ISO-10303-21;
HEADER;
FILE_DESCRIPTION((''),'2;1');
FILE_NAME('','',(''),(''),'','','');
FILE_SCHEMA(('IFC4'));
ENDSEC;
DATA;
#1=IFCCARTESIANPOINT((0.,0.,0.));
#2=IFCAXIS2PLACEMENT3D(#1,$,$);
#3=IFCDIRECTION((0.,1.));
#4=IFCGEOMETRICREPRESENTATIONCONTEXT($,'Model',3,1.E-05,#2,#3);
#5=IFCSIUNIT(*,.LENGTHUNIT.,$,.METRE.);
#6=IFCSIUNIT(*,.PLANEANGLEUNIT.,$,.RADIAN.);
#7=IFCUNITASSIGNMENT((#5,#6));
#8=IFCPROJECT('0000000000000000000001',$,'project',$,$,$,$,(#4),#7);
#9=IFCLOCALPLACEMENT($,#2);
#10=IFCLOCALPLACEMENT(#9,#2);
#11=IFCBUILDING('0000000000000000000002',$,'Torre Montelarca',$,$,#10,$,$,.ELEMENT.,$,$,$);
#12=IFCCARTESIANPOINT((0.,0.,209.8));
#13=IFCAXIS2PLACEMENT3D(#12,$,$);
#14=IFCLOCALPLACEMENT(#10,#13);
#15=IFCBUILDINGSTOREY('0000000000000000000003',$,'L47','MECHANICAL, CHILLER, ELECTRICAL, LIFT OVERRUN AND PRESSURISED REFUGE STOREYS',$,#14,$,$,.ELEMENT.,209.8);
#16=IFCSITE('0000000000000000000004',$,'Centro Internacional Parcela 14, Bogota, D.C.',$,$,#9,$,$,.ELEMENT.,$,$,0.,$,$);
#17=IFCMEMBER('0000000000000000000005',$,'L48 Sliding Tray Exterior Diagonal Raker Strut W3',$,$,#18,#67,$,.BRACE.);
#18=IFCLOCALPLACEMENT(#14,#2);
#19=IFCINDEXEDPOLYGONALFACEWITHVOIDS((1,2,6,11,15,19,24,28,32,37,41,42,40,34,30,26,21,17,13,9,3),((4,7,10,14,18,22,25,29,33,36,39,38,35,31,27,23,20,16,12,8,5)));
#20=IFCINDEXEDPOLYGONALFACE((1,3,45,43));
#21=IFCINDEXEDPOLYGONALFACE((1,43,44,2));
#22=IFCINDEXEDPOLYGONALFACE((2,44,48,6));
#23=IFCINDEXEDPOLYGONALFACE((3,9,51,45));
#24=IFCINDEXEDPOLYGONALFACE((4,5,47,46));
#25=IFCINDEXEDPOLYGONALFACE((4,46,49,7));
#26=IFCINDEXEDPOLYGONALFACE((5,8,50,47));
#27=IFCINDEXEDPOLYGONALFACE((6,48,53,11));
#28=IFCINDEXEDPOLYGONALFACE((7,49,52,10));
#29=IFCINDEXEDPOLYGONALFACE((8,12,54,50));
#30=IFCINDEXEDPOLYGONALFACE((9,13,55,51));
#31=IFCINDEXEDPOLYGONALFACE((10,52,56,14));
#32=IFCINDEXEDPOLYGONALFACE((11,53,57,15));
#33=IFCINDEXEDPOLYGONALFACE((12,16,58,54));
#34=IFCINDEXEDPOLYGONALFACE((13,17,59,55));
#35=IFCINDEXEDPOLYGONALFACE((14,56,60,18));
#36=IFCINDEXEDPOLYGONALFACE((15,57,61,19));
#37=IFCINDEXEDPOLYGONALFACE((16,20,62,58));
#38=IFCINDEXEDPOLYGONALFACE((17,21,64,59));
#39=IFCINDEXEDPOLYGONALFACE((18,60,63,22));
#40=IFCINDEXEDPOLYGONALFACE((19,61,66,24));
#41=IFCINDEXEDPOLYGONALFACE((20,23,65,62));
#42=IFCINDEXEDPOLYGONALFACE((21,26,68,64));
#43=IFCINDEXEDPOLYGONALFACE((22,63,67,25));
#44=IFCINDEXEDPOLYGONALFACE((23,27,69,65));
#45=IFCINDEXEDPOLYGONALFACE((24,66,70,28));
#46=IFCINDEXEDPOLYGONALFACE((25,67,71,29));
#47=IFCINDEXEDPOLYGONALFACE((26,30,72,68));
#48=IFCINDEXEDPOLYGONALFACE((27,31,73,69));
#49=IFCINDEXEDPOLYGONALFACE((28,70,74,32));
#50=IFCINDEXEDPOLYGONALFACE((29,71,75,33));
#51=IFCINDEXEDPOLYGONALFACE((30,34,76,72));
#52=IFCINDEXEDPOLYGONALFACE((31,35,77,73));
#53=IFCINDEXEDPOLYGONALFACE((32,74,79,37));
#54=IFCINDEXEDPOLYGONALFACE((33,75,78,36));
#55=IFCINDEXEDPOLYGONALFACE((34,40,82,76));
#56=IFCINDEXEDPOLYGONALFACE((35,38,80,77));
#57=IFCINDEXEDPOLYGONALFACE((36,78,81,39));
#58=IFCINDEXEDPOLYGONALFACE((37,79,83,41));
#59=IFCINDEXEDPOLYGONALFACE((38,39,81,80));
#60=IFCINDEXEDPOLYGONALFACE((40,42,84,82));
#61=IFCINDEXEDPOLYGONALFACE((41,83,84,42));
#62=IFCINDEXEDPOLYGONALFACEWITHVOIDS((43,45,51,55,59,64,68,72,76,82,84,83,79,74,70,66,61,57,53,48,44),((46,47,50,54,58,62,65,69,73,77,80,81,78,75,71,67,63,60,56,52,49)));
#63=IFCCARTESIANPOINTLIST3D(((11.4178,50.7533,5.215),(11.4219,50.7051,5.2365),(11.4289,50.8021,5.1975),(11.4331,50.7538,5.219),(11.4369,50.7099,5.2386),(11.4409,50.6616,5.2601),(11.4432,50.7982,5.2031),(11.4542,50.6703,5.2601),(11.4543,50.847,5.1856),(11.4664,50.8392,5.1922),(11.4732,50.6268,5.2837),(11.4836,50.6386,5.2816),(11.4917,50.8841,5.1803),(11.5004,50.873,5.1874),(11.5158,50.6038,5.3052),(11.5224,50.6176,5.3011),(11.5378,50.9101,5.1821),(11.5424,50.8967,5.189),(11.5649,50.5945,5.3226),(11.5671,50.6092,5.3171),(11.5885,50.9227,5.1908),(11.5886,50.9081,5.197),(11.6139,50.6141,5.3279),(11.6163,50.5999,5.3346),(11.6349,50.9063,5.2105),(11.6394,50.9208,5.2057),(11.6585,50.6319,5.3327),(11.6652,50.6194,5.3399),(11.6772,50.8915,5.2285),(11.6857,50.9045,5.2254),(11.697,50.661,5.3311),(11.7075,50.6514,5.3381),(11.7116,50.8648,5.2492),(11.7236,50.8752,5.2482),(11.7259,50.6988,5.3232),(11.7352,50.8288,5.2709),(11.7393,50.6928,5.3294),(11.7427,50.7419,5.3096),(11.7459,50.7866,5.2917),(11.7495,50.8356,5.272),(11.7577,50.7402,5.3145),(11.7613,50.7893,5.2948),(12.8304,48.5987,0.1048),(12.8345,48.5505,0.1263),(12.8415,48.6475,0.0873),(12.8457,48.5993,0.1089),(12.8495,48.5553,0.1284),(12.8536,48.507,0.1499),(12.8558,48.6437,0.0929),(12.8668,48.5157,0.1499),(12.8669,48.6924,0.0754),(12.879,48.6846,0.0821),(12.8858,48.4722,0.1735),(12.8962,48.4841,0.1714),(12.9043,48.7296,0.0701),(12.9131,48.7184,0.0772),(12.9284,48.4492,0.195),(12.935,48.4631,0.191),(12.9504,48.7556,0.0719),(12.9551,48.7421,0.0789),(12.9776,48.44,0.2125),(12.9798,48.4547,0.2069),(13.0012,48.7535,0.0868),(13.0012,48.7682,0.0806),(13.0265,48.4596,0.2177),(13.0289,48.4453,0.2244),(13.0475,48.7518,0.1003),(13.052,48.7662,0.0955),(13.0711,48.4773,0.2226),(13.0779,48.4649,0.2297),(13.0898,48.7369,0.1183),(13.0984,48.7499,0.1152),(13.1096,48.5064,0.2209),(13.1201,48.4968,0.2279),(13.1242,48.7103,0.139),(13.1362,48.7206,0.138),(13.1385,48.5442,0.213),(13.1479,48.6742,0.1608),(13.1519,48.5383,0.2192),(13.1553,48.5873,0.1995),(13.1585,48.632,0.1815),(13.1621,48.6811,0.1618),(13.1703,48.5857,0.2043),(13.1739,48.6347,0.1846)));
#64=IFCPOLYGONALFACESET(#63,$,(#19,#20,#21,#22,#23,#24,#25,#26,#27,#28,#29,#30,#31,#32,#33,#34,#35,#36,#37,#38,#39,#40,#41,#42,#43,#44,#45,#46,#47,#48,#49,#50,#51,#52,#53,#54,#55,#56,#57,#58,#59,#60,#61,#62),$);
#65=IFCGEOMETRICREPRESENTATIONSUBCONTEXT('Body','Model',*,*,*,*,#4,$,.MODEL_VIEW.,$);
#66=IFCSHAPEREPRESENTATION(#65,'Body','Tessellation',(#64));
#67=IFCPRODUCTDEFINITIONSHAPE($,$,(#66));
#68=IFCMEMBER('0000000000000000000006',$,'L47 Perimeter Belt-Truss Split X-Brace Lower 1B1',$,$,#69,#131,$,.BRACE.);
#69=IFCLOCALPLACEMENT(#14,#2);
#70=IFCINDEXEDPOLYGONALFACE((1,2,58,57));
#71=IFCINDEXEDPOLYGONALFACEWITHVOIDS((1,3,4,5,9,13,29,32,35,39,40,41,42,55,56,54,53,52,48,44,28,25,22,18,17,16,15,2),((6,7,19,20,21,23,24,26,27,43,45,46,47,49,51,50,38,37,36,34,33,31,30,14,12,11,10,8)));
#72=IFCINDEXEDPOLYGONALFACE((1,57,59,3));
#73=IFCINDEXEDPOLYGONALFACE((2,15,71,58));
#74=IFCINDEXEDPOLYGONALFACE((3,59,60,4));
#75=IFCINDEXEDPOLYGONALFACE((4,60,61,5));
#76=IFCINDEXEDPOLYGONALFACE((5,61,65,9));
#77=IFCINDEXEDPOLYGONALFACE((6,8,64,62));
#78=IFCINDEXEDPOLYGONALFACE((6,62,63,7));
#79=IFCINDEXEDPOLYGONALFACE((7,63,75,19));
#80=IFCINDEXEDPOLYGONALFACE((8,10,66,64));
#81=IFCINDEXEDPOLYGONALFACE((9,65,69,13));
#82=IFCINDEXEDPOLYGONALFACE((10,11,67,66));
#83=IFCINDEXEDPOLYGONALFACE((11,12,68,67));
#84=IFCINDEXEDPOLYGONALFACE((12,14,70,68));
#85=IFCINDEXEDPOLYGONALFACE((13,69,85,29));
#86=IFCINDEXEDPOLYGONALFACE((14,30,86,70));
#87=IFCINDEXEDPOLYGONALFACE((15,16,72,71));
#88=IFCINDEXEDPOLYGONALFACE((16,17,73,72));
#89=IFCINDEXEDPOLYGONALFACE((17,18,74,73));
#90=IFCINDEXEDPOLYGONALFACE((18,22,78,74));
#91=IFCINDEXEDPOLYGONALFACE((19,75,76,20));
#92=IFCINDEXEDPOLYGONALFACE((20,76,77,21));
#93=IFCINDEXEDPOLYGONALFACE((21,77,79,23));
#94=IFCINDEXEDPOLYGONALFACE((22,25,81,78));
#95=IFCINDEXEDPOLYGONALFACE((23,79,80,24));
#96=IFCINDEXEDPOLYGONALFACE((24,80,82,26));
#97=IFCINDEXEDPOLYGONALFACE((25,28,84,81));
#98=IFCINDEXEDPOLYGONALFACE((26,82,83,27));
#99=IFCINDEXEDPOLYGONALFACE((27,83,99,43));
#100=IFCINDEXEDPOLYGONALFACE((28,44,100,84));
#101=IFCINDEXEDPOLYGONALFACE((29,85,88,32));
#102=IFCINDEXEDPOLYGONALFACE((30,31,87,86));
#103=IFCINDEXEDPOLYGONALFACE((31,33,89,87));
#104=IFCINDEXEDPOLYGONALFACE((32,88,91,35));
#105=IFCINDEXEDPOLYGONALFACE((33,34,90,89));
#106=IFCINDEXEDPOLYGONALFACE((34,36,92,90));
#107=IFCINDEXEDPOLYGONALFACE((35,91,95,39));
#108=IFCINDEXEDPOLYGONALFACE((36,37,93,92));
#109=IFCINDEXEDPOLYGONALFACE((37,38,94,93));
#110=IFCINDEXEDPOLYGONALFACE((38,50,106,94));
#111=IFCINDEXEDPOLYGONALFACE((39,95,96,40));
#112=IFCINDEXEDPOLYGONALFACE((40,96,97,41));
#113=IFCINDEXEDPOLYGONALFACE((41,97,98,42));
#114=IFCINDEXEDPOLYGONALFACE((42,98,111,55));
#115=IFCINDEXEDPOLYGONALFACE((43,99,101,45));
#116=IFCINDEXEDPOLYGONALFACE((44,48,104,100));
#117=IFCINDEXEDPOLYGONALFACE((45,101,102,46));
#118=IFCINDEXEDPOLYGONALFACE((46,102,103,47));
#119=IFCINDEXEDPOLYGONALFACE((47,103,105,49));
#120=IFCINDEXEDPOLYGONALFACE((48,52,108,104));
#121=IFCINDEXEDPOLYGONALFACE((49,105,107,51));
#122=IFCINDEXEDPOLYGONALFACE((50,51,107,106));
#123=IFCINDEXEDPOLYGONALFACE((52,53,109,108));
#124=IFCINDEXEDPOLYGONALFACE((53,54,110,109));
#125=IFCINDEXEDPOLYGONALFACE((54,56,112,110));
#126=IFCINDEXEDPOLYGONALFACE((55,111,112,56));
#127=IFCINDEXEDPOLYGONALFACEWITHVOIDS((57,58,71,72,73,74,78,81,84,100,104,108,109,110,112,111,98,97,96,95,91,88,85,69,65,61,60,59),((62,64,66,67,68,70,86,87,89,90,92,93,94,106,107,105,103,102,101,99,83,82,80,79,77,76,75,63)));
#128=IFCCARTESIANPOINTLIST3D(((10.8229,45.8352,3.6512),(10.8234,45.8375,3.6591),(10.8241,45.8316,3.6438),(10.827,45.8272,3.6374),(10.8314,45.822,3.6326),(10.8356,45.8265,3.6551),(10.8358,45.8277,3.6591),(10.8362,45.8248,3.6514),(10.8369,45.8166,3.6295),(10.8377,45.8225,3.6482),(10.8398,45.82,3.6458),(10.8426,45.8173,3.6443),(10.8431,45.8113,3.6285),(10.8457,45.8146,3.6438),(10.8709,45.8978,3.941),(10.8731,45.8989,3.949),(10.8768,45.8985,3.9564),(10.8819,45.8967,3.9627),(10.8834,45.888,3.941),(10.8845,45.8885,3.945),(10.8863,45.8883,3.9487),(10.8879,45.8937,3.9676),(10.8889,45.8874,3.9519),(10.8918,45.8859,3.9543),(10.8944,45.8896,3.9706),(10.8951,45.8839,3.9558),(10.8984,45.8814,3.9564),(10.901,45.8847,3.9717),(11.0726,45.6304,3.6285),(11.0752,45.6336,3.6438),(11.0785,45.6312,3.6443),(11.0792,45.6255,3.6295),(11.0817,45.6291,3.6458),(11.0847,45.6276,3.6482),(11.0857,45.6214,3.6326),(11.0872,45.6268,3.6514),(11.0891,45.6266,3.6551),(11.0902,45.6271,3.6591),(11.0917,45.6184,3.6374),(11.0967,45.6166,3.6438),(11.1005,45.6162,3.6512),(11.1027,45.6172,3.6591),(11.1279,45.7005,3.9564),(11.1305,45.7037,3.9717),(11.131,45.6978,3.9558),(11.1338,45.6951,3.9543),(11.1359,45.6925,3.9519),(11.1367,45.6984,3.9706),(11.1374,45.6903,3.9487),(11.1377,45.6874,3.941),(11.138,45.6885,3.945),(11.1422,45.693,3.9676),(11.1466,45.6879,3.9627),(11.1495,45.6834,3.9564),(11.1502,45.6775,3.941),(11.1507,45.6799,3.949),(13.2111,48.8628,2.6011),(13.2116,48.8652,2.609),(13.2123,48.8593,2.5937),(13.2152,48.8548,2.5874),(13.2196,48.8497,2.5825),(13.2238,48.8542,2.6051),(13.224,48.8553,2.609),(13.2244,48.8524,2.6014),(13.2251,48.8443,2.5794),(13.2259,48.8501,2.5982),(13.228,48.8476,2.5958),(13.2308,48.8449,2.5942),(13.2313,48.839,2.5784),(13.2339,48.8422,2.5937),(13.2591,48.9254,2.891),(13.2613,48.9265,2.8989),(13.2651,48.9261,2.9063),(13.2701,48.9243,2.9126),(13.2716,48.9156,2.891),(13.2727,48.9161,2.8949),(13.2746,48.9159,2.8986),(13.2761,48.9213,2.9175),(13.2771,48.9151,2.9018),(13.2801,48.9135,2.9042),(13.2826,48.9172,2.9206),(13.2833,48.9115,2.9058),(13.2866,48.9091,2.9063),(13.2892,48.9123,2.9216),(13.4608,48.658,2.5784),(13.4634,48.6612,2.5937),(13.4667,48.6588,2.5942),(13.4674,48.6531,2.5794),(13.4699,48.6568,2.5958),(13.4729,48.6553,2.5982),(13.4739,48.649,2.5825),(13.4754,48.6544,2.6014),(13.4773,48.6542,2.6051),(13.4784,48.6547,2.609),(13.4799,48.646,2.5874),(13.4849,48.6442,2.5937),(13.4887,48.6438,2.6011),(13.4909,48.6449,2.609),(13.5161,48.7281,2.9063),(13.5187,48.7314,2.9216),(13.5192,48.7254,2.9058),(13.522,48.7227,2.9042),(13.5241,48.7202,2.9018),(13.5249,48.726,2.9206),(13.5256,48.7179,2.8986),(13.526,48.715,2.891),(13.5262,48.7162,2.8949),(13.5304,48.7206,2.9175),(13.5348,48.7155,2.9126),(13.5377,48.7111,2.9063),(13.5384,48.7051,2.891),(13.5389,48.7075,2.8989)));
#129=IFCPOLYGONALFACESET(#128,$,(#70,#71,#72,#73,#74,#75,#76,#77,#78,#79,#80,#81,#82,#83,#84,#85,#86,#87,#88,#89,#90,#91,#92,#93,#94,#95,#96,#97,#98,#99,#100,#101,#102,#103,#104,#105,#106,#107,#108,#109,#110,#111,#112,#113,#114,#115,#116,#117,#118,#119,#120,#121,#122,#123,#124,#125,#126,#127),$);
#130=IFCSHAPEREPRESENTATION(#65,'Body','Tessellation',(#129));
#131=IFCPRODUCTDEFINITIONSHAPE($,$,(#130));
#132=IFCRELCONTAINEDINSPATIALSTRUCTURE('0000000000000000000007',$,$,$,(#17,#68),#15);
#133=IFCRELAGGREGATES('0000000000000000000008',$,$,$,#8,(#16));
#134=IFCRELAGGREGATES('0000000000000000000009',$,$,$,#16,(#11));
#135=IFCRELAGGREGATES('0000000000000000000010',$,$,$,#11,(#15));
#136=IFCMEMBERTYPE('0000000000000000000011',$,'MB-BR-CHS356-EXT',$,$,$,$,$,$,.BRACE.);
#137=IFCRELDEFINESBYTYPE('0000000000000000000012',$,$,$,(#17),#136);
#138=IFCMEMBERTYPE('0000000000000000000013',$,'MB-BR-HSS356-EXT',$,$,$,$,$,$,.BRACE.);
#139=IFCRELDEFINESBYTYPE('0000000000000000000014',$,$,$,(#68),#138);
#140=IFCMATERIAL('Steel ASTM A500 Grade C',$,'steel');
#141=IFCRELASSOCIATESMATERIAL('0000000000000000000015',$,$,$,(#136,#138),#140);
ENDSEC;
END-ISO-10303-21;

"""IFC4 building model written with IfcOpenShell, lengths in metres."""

from ifc_helpers import new_model, si_unit, direction, frame, origin, origin_2d, place, context, subcontext, project, spatial, hollow_rectangle, hollow_circle, extrude, source, transform, mapped, material, material_profile, profile_set, type_object, element, save


model = new_model("IFC4")

# Units and contexts
model_context = context("Model", 3, precision=1e-05, world=origin(), true_north=direction((0.0, 1.0)))
body_context = subcontext(model_context, "Body", "Model", "MODEL_VIEW")
ifc_project = project(units=[si_unit("LENGTHUNIT", "METRE"), si_unit("PLANEANGLEUNIT", "RADIAN")], contexts=[model_context])

# Site, building, storey
site_placement = place(None, origin())
site = spatial("IfcSite", under=ifc_project, at=site_placement, Name="Centro Internacional Parcela 14, Bogota, D.C.", CompositionType="ELEMENT", RefElevation=0.0)
building_placement = place(site_placement, origin())
building = spatial("IfcBuilding", under=site, at=building_placement, Name="Torre Montelarca", CompositionType="ELEMENT")
storey_placement = place(building_placement, frame((0.0, 0.0, 209.8)))
storey = spatial("IfcBuildingStorey", under=building, at=storey_placement, Name="L47", Description="MECHANICAL, CHILLER, ELECTRICAL, LIFT OVERRUN AND PRESSURISED REFUGE STOREYS", CompositionType="ELEMENT", Elevation=209.8)

# Members
ifc_material_1 = material(Name="Steel ASTM A500 Grade C", Category="steel")
ifc_material_profile_1 = material_profile(ifc_material_1, hollow_circle(Radius=0.1777, WallThickness=0.0159, at=origin_2d()), Name="HSS355.6X15.9", Category="steel")
ifc_profile_set_1 = profile_set([ifc_material_profile_1], Name="Steel ASTM A500 Grade C")
member_type_1 = type_object("IfcMemberType", Name="MB-BR-CHS356-EXT", PredefinedType="BRACE", material=ifc_profile_set_1)
shared_shape_1 = source(origin(), body_context, "Body", "SweptSolid", [
    extrude(hollow_circle(Radius=0.1777, WallThickness=0.0159, at=origin_2d()), origin(), (0.0, 0.0, 1.0), 5.7229),
])
member_1_placement = place(storey_placement, frame((13.0022, 48.6045, 0.1499), z_axis=(-0.246836, 0.376482, 0.892935), x_axis=(-0.836283, -0.548298, 0.0)))
element("IfcMember", 1, at=member_1_placement, inside=storey, type_object=member_type_1, Name="L48 Sliding Tray Exterior Diagonal Raker Strut W3", PredefinedType="BRACE", context=body_context, shape_type="MappedRepresentation", body=[
    mapped(shared_shape_1, transform((0.0, 0.0, 0.0), scale=1.0)),
])
ifc_material_profile_2 = material_profile(ifc_material_1, hollow_rectangle(XDim=0.3557, YDim=0.3557, WallThickness=0.0159, InnerFilletRadius=0.0159, OuterFilletRadius=0.0317, at=origin_2d()), Name="HSS356X356X15.9", Category="steel")
ifc_profile_set_2 = profile_set([ifc_material_profile_2], Name="Steel ASTM A500 Grade C")
member_type_2 = type_object("IfcMemberType", Name="MB-BR-HSS356-EXT", PredefinedType="BRACE", material=ifc_profile_set_2)
shared_shape_2 = source(origin(), body_context, "Body", "SweptSolid", [
    extrude(hollow_rectangle(XDim=0.3557, YDim=0.3557, WallThickness=0.0159, InnerFilletRadius=0.0159, OuterFilletRadius=0.0317, at=origin_2d()), origin(), (0.0, 0.0, 1.0), 3.9966),
])
member_2_placement = place(storey_placement, frame((13.375, 48.7852, 2.75), z_axis=(-0.597563, -0.757553, 0.26274), x_axis=(0.785137, -0.619322, 0.0)))
element("IfcMember", 2, at=member_2_placement, inside=storey, type_object=member_type_2, Name="L47 Perimeter Belt-Truss Split X-Brace Lower 1B1", PredefinedType="BRACE", context=body_context, shape_type="MappedRepresentation", body=[
    mapped(shared_shape_2, transform((0.0, 0.0, 0.0), scale=1.0)),
])

save(model, "model.ifc")
